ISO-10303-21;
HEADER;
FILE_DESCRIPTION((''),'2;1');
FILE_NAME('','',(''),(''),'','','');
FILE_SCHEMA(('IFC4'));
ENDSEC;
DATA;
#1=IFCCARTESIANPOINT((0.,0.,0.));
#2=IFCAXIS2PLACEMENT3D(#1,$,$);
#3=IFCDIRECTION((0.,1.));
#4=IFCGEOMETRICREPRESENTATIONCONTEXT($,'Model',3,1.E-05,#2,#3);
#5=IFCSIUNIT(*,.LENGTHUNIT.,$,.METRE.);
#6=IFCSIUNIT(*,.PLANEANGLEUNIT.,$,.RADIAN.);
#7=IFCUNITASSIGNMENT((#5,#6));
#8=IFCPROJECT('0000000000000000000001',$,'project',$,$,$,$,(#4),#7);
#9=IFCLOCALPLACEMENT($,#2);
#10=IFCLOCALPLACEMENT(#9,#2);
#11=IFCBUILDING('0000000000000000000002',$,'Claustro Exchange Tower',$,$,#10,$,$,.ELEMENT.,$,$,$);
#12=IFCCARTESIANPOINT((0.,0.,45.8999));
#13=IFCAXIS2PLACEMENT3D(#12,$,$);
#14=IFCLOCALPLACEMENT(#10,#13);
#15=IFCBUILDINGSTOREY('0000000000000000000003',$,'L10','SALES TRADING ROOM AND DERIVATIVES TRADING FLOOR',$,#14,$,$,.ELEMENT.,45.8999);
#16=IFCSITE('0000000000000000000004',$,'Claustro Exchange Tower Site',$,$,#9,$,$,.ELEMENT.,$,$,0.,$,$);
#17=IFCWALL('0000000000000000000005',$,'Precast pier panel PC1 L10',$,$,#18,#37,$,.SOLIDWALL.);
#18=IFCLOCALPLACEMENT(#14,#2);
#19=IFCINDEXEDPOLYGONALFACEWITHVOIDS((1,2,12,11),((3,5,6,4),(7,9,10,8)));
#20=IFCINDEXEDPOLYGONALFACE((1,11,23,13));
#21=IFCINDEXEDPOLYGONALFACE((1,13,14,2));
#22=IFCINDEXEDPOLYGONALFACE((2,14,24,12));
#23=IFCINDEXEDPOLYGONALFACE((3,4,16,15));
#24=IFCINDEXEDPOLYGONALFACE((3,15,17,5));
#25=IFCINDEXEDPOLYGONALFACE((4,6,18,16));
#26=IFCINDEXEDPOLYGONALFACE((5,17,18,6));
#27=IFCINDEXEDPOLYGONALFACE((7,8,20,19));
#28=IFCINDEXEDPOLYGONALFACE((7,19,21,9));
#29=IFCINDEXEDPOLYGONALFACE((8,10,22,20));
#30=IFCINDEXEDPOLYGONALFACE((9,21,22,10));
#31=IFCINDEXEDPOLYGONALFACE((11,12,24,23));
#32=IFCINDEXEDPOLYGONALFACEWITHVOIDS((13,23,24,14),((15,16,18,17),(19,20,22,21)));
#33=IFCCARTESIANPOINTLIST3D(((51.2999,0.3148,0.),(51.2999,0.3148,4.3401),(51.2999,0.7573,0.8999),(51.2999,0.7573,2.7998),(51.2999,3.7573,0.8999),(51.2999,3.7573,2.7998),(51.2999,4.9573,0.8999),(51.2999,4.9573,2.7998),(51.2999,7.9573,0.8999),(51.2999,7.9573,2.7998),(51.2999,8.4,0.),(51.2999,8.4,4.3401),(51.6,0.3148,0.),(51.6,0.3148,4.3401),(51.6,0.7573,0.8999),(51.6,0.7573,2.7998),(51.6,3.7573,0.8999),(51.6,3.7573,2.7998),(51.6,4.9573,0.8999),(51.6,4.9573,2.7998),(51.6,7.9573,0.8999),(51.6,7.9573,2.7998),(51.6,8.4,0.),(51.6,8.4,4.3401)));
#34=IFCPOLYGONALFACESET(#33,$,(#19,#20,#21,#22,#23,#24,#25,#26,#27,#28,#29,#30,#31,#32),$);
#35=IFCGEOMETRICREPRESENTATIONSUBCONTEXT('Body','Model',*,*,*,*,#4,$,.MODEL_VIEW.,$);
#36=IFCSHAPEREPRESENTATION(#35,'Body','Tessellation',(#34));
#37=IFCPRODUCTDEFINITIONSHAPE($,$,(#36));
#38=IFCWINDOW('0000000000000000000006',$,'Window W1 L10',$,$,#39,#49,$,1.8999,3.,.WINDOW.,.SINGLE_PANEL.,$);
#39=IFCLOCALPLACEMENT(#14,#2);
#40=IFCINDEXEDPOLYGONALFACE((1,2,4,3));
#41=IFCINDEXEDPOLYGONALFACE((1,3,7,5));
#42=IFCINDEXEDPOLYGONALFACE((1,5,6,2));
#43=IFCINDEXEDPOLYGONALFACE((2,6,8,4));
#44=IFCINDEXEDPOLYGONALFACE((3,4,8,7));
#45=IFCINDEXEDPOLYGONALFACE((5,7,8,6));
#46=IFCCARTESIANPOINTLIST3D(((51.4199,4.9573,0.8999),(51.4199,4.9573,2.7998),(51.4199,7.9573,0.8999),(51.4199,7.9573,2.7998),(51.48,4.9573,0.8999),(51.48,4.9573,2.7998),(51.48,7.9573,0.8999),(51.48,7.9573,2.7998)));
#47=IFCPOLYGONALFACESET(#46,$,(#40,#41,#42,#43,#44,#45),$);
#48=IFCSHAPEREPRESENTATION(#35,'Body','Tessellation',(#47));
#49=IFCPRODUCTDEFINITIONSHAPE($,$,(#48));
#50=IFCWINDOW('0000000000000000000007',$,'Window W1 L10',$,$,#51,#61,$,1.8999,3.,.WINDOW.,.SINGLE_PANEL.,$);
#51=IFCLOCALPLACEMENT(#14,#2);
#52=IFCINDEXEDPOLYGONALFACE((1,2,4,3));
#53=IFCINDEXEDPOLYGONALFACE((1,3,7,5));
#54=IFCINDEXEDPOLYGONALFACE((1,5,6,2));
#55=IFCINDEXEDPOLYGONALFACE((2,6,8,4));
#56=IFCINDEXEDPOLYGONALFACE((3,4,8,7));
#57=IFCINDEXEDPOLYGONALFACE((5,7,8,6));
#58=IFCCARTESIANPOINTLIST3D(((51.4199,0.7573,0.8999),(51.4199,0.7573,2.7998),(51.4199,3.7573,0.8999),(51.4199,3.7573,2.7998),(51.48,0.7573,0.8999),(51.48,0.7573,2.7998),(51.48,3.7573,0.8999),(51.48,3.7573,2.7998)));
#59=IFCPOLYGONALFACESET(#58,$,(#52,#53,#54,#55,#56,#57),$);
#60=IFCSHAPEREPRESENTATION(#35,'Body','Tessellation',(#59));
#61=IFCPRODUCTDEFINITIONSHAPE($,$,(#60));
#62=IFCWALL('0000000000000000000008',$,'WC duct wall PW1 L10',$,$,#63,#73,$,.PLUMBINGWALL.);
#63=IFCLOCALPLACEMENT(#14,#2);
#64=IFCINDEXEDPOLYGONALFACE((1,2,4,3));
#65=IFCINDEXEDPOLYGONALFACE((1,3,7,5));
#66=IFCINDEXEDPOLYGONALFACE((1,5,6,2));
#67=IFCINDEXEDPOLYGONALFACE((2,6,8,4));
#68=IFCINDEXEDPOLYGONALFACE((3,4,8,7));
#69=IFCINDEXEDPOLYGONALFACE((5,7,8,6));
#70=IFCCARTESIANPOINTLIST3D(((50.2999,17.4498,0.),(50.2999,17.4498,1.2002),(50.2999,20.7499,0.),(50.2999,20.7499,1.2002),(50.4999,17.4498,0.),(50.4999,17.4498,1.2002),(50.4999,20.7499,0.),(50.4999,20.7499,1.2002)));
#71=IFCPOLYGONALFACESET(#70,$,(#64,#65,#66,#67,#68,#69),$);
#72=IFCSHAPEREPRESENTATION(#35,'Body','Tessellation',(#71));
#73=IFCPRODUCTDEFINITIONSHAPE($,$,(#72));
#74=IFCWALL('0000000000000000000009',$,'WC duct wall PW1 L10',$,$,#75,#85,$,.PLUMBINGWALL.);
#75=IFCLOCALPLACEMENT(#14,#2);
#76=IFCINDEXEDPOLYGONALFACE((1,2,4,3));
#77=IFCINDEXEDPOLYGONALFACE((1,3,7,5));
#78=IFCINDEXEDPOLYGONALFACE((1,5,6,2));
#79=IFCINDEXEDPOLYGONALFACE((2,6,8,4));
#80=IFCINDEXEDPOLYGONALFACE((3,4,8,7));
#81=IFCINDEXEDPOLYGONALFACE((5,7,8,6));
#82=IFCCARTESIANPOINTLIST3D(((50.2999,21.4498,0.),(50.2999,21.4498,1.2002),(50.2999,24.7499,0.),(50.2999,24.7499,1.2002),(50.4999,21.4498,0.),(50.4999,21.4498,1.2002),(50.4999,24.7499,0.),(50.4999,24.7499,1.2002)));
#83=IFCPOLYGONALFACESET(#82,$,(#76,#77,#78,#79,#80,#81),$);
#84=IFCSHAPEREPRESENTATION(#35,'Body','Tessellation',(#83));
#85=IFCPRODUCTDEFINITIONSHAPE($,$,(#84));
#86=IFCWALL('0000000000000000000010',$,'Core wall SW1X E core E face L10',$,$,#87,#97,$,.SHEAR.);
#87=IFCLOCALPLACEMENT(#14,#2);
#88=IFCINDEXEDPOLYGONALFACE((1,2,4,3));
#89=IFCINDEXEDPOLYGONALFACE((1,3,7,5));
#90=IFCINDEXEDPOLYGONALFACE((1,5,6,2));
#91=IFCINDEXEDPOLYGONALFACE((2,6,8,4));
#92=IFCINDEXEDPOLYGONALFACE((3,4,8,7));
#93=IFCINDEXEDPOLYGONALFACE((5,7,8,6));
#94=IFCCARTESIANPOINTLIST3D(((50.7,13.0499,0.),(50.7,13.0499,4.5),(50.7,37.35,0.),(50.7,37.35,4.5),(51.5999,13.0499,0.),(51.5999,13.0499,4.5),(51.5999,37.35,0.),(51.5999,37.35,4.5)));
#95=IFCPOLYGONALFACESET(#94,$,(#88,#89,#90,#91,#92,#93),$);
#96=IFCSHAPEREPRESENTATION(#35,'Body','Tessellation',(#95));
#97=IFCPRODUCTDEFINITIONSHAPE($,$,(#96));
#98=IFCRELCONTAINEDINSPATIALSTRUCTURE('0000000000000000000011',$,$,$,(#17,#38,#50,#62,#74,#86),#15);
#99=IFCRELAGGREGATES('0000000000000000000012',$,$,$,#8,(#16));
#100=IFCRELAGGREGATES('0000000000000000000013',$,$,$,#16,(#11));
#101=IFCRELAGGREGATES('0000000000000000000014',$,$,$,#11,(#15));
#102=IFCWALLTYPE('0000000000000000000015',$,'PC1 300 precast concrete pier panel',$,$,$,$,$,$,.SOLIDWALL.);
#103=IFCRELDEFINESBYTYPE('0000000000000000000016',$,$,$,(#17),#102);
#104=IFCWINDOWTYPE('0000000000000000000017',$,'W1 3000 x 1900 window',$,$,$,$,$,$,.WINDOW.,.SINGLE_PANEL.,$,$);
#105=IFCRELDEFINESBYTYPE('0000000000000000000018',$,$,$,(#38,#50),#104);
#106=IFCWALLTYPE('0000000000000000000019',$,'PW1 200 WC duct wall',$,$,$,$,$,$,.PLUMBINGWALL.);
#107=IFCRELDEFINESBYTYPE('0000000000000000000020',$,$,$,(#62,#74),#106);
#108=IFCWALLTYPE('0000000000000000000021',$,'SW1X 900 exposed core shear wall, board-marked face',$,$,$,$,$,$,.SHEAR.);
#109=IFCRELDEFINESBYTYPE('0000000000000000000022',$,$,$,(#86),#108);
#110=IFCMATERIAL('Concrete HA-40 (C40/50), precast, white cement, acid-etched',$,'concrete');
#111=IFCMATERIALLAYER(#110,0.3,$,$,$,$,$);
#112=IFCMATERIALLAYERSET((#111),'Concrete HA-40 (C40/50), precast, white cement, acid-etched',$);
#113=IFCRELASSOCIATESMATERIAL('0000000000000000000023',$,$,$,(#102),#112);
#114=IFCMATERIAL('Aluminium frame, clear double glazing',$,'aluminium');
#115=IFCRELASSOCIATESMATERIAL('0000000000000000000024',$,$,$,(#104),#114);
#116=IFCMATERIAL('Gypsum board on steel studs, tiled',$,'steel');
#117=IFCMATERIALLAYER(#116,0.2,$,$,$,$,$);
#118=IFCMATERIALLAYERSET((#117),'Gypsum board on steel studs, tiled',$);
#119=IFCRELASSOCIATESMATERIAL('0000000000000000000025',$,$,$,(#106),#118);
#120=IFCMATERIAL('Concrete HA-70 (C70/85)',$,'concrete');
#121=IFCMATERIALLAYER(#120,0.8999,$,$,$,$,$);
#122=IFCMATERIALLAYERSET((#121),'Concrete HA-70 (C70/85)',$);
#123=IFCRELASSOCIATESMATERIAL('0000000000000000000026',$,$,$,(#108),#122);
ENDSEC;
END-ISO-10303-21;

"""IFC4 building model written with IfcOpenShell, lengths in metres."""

from ifc_helpers import new_model, si_unit, direction, frame, frame_2d, origin, place, context, subcontext, project, spatial, rectangle, extrude, material, layer, layer_set, type_object, element, fill, save


model = new_model("IFC4")

# Units and contexts
model_context = context("Model", 3, precision=1e-05, world=origin(), true_north=direction((0.0, 1.0)))
body_context = subcontext(model_context, "Body", "Model", "MODEL_VIEW")
ifc_project = project(units=[si_unit("LENGTHUNIT", "METRE"), si_unit("PLANEANGLEUNIT", "RADIAN")], contexts=[model_context])

# Site, building, storey
site_placement = place(None, origin())
site = spatial("IfcSite", under=ifc_project, at=site_placement, Name="Claustro Exchange Tower Site", CompositionType="ELEMENT", RefElevation=0.0)
building_placement = place(site_placement, origin())
building = spatial("IfcBuilding", under=site, at=building_placement, Name="Claustro Exchange Tower", CompositionType="ELEMENT")
storey_placement = place(building_placement, frame((0.0, 0.0, 45.8999)))
storey = spatial("IfcBuildingStorey", under=building, at=storey_placement, Name="L10", Description="SALES TRADING ROOM AND DERIVATIVES TRADING FLOOR", CompositionType="ELEMENT", Elevation=45.8999)

# Shared definitions
ifc_material_1 = material(Name="Concrete HA-40 (C40/50), precast, white cement, acid-etched", Category="concrete")
ifc_layer_1 = layer(ifc_material_1, 0.3)
ifc_layer_set_1 = layer_set([ifc_layer_1], Name="Concrete HA-40 (C40/50), precast, white cement, acid-etched")
wall_type_1 = type_object("IfcWallType", Name="PC1 300 precast concrete pier panel", PredefinedType="SOLIDWALL", material=ifc_layer_set_1)

# Wall, openings, windows
wall_1_placement = place(storey_placement, frame((51.45, 8.3999, 0.0), z_axis=(0.0, 0.0, 1.0), x_axis=(0.0, -1.0, 0.0)))
wall_1 = element("IfcWall", 1, at=wall_1_placement, inside=storey, type_object=wall_type_1, Name="Precast pier panel PC1 L10", PredefinedType="SOLIDWALL", context=body_context, shape_type="SweptSolid", body=[
    extrude(rectangle(XDim=8.0852, YDim=0.3, at=frame_2d((4.0425, 0.0))), origin(), (0.0, 0.0, 1.0), 4.3401),
])
opening_1_placement = place(wall_1_placement, frame((0.4426, 0.0, 0.8999)))
opening_1 = element("IfcOpeningElement", 2, at=opening_1_placement, cuts=wall_1, PredefinedType="OPENING", context=body_context, shape_type="SweptSolid", body=[
    extrude(rectangle(XDim=3.0, YDim=1.8999, at=frame_2d((1.5, 0.95))), frame((0.0, 0.1599, 0.0), z_axis=(0.0, -1.0, 0.0), x_axis=(1.0, 0.0, 0.0)), (0.0, 0.0, 1.0), 0.3201),
])
opening_2_placement = place(wall_1_placement, frame((4.6426, 0.0, 0.8999)))
opening_2 = element("IfcOpeningElement", 3, at=opening_2_placement, cuts=wall_1, PredefinedType="OPENING", context=body_context, shape_type="SweptSolid", body=[
    extrude(rectangle(XDim=3.0, YDim=1.8999, at=frame_2d((1.5, 0.95))), frame((0.0, 0.1599, 0.0), z_axis=(0.0, -1.0, 0.0), x_axis=(1.0, 0.0, 0.0)), (0.0, 0.0, 1.0), 0.3201),
])
ifc_material_2 = material(Name="Aluminium frame, clear double glazing", Category="aluminium")
window_type_1 = type_object("IfcWindowType", Name="W1 3000 x 1900 window", PartitioningType="SINGLE_PANEL", PredefinedType="WINDOW", material=ifc_material_2)
window_1_placement = place(opening_1_placement, origin())
window_1 = element("IfcWindow", 4, at=window_1_placement, inside=storey, type_object=window_type_1, Name="Window W1 L10", OverallHeight=1.8999, OverallWidth=3.0, PartitioningType="SINGLE_PANEL", PredefinedType="WINDOW", context=body_context, shape_type="SweptSolid", body=[
    extrude(rectangle(XDim=3.0, YDim=1.8999, at=frame_2d((1.5, 0.95))), frame((0.0, 0.03, 0.0), z_axis=(0.0, -1.0, 0.0), x_axis=(1.0, 0.0, 0.0)), (0.0, 0.0, 1.0), 0.0601),
])
fill(opening_1, window_1)
window_2_placement = place(opening_2_placement, origin())
window_2 = element("IfcWindow", 5, at=window_2_placement, inside=storey, type_object=window_type_1, Name="Window W1 L10", OverallHeight=1.8999, OverallWidth=3.0, PartitioningType="SINGLE_PANEL", PredefinedType="WINDOW", context=body_context, shape_type="SweptSolid", body=[
    extrude(rectangle(XDim=3.0, YDim=1.8999, at=frame_2d((1.5, 0.95))), frame((0.0, 0.03, 0.0), z_axis=(0.0, -1.0, 0.0), x_axis=(1.0, 0.0, 0.0)), (0.0, 0.0, 1.0), 0.0601),
])
fill(opening_2, window_2)

# Walls
ifc_material_3 = material(Name="Gypsum board on steel studs, tiled", Category="steel")
ifc_layer_2 = layer(ifc_material_3, 0.2)
ifc_layer_set_2 = layer_set([ifc_layer_2], Name="Gypsum board on steel studs, tiled")
wall_type_2 = type_object("IfcWallType", Name="PW1 200 WC duct wall", PredefinedType="PLUMBINGWALL", material=ifc_layer_set_2)
for number, where, z_axis, x_axis, name in (
    (6, (50.3999, 17.45, 0.0), (0.0, 0.0, 1.0), (0.0, 1.0, 0.0), "WC duct wall PW1 L10"),
    (7, (50.3999, 21.45, 0.0), (0.0, 0.0, 1.0), (0.0, 1.0, 0.0), "WC duct wall PW1 L10"),
):
    element("IfcWall", number, at=place(storey_placement, frame(where, z_axis=z_axis, x_axis=x_axis)), inside=storey, type_object=wall_type_2, Name=name, PredefinedType="PLUMBINGWALL", context=body_context, shape_type="SweptSolid", body=[
        extrude(rectangle(XDim=3.3, YDim=0.2, at=frame_2d((1.6499, 0.0))), origin(), (0.0, 0.0, 1.0), 1.2002),
    ])
ifc_material_4 = material(Name="Concrete HA-70 (C70/85)", Category="concrete")
ifc_layer_3 = layer(ifc_material_4, 0.8999)
ifc_layer_set_3 = layer_set([ifc_layer_3], Name="Concrete HA-70 (C70/85)")
wall_type_3 = type_object("IfcWallType", Name="SW1X 900 exposed core shear wall, board-marked face", PredefinedType="SHEAR", material=ifc_layer_set_3)
wall_2_placement = place(storey_placement, frame((51.1499, 13.05, 0.0), z_axis=(0.0, 0.0, 1.0), x_axis=(0.0, 1.0, 0.0)))
element("IfcWall", 8, at=wall_2_placement, inside=storey, type_object=wall_type_3, Name="Core wall SW1X E core E face L10", PredefinedType="SHEAR", context=body_context, shape_type="SweptSolid", body=[
    extrude(rectangle(XDim=24.3, YDim=0.8999, at=frame_2d((12.1499, 0.0))), origin(), (0.0, 0.0, 1.0), 4.5),
])

save(model, "model.ifc")
